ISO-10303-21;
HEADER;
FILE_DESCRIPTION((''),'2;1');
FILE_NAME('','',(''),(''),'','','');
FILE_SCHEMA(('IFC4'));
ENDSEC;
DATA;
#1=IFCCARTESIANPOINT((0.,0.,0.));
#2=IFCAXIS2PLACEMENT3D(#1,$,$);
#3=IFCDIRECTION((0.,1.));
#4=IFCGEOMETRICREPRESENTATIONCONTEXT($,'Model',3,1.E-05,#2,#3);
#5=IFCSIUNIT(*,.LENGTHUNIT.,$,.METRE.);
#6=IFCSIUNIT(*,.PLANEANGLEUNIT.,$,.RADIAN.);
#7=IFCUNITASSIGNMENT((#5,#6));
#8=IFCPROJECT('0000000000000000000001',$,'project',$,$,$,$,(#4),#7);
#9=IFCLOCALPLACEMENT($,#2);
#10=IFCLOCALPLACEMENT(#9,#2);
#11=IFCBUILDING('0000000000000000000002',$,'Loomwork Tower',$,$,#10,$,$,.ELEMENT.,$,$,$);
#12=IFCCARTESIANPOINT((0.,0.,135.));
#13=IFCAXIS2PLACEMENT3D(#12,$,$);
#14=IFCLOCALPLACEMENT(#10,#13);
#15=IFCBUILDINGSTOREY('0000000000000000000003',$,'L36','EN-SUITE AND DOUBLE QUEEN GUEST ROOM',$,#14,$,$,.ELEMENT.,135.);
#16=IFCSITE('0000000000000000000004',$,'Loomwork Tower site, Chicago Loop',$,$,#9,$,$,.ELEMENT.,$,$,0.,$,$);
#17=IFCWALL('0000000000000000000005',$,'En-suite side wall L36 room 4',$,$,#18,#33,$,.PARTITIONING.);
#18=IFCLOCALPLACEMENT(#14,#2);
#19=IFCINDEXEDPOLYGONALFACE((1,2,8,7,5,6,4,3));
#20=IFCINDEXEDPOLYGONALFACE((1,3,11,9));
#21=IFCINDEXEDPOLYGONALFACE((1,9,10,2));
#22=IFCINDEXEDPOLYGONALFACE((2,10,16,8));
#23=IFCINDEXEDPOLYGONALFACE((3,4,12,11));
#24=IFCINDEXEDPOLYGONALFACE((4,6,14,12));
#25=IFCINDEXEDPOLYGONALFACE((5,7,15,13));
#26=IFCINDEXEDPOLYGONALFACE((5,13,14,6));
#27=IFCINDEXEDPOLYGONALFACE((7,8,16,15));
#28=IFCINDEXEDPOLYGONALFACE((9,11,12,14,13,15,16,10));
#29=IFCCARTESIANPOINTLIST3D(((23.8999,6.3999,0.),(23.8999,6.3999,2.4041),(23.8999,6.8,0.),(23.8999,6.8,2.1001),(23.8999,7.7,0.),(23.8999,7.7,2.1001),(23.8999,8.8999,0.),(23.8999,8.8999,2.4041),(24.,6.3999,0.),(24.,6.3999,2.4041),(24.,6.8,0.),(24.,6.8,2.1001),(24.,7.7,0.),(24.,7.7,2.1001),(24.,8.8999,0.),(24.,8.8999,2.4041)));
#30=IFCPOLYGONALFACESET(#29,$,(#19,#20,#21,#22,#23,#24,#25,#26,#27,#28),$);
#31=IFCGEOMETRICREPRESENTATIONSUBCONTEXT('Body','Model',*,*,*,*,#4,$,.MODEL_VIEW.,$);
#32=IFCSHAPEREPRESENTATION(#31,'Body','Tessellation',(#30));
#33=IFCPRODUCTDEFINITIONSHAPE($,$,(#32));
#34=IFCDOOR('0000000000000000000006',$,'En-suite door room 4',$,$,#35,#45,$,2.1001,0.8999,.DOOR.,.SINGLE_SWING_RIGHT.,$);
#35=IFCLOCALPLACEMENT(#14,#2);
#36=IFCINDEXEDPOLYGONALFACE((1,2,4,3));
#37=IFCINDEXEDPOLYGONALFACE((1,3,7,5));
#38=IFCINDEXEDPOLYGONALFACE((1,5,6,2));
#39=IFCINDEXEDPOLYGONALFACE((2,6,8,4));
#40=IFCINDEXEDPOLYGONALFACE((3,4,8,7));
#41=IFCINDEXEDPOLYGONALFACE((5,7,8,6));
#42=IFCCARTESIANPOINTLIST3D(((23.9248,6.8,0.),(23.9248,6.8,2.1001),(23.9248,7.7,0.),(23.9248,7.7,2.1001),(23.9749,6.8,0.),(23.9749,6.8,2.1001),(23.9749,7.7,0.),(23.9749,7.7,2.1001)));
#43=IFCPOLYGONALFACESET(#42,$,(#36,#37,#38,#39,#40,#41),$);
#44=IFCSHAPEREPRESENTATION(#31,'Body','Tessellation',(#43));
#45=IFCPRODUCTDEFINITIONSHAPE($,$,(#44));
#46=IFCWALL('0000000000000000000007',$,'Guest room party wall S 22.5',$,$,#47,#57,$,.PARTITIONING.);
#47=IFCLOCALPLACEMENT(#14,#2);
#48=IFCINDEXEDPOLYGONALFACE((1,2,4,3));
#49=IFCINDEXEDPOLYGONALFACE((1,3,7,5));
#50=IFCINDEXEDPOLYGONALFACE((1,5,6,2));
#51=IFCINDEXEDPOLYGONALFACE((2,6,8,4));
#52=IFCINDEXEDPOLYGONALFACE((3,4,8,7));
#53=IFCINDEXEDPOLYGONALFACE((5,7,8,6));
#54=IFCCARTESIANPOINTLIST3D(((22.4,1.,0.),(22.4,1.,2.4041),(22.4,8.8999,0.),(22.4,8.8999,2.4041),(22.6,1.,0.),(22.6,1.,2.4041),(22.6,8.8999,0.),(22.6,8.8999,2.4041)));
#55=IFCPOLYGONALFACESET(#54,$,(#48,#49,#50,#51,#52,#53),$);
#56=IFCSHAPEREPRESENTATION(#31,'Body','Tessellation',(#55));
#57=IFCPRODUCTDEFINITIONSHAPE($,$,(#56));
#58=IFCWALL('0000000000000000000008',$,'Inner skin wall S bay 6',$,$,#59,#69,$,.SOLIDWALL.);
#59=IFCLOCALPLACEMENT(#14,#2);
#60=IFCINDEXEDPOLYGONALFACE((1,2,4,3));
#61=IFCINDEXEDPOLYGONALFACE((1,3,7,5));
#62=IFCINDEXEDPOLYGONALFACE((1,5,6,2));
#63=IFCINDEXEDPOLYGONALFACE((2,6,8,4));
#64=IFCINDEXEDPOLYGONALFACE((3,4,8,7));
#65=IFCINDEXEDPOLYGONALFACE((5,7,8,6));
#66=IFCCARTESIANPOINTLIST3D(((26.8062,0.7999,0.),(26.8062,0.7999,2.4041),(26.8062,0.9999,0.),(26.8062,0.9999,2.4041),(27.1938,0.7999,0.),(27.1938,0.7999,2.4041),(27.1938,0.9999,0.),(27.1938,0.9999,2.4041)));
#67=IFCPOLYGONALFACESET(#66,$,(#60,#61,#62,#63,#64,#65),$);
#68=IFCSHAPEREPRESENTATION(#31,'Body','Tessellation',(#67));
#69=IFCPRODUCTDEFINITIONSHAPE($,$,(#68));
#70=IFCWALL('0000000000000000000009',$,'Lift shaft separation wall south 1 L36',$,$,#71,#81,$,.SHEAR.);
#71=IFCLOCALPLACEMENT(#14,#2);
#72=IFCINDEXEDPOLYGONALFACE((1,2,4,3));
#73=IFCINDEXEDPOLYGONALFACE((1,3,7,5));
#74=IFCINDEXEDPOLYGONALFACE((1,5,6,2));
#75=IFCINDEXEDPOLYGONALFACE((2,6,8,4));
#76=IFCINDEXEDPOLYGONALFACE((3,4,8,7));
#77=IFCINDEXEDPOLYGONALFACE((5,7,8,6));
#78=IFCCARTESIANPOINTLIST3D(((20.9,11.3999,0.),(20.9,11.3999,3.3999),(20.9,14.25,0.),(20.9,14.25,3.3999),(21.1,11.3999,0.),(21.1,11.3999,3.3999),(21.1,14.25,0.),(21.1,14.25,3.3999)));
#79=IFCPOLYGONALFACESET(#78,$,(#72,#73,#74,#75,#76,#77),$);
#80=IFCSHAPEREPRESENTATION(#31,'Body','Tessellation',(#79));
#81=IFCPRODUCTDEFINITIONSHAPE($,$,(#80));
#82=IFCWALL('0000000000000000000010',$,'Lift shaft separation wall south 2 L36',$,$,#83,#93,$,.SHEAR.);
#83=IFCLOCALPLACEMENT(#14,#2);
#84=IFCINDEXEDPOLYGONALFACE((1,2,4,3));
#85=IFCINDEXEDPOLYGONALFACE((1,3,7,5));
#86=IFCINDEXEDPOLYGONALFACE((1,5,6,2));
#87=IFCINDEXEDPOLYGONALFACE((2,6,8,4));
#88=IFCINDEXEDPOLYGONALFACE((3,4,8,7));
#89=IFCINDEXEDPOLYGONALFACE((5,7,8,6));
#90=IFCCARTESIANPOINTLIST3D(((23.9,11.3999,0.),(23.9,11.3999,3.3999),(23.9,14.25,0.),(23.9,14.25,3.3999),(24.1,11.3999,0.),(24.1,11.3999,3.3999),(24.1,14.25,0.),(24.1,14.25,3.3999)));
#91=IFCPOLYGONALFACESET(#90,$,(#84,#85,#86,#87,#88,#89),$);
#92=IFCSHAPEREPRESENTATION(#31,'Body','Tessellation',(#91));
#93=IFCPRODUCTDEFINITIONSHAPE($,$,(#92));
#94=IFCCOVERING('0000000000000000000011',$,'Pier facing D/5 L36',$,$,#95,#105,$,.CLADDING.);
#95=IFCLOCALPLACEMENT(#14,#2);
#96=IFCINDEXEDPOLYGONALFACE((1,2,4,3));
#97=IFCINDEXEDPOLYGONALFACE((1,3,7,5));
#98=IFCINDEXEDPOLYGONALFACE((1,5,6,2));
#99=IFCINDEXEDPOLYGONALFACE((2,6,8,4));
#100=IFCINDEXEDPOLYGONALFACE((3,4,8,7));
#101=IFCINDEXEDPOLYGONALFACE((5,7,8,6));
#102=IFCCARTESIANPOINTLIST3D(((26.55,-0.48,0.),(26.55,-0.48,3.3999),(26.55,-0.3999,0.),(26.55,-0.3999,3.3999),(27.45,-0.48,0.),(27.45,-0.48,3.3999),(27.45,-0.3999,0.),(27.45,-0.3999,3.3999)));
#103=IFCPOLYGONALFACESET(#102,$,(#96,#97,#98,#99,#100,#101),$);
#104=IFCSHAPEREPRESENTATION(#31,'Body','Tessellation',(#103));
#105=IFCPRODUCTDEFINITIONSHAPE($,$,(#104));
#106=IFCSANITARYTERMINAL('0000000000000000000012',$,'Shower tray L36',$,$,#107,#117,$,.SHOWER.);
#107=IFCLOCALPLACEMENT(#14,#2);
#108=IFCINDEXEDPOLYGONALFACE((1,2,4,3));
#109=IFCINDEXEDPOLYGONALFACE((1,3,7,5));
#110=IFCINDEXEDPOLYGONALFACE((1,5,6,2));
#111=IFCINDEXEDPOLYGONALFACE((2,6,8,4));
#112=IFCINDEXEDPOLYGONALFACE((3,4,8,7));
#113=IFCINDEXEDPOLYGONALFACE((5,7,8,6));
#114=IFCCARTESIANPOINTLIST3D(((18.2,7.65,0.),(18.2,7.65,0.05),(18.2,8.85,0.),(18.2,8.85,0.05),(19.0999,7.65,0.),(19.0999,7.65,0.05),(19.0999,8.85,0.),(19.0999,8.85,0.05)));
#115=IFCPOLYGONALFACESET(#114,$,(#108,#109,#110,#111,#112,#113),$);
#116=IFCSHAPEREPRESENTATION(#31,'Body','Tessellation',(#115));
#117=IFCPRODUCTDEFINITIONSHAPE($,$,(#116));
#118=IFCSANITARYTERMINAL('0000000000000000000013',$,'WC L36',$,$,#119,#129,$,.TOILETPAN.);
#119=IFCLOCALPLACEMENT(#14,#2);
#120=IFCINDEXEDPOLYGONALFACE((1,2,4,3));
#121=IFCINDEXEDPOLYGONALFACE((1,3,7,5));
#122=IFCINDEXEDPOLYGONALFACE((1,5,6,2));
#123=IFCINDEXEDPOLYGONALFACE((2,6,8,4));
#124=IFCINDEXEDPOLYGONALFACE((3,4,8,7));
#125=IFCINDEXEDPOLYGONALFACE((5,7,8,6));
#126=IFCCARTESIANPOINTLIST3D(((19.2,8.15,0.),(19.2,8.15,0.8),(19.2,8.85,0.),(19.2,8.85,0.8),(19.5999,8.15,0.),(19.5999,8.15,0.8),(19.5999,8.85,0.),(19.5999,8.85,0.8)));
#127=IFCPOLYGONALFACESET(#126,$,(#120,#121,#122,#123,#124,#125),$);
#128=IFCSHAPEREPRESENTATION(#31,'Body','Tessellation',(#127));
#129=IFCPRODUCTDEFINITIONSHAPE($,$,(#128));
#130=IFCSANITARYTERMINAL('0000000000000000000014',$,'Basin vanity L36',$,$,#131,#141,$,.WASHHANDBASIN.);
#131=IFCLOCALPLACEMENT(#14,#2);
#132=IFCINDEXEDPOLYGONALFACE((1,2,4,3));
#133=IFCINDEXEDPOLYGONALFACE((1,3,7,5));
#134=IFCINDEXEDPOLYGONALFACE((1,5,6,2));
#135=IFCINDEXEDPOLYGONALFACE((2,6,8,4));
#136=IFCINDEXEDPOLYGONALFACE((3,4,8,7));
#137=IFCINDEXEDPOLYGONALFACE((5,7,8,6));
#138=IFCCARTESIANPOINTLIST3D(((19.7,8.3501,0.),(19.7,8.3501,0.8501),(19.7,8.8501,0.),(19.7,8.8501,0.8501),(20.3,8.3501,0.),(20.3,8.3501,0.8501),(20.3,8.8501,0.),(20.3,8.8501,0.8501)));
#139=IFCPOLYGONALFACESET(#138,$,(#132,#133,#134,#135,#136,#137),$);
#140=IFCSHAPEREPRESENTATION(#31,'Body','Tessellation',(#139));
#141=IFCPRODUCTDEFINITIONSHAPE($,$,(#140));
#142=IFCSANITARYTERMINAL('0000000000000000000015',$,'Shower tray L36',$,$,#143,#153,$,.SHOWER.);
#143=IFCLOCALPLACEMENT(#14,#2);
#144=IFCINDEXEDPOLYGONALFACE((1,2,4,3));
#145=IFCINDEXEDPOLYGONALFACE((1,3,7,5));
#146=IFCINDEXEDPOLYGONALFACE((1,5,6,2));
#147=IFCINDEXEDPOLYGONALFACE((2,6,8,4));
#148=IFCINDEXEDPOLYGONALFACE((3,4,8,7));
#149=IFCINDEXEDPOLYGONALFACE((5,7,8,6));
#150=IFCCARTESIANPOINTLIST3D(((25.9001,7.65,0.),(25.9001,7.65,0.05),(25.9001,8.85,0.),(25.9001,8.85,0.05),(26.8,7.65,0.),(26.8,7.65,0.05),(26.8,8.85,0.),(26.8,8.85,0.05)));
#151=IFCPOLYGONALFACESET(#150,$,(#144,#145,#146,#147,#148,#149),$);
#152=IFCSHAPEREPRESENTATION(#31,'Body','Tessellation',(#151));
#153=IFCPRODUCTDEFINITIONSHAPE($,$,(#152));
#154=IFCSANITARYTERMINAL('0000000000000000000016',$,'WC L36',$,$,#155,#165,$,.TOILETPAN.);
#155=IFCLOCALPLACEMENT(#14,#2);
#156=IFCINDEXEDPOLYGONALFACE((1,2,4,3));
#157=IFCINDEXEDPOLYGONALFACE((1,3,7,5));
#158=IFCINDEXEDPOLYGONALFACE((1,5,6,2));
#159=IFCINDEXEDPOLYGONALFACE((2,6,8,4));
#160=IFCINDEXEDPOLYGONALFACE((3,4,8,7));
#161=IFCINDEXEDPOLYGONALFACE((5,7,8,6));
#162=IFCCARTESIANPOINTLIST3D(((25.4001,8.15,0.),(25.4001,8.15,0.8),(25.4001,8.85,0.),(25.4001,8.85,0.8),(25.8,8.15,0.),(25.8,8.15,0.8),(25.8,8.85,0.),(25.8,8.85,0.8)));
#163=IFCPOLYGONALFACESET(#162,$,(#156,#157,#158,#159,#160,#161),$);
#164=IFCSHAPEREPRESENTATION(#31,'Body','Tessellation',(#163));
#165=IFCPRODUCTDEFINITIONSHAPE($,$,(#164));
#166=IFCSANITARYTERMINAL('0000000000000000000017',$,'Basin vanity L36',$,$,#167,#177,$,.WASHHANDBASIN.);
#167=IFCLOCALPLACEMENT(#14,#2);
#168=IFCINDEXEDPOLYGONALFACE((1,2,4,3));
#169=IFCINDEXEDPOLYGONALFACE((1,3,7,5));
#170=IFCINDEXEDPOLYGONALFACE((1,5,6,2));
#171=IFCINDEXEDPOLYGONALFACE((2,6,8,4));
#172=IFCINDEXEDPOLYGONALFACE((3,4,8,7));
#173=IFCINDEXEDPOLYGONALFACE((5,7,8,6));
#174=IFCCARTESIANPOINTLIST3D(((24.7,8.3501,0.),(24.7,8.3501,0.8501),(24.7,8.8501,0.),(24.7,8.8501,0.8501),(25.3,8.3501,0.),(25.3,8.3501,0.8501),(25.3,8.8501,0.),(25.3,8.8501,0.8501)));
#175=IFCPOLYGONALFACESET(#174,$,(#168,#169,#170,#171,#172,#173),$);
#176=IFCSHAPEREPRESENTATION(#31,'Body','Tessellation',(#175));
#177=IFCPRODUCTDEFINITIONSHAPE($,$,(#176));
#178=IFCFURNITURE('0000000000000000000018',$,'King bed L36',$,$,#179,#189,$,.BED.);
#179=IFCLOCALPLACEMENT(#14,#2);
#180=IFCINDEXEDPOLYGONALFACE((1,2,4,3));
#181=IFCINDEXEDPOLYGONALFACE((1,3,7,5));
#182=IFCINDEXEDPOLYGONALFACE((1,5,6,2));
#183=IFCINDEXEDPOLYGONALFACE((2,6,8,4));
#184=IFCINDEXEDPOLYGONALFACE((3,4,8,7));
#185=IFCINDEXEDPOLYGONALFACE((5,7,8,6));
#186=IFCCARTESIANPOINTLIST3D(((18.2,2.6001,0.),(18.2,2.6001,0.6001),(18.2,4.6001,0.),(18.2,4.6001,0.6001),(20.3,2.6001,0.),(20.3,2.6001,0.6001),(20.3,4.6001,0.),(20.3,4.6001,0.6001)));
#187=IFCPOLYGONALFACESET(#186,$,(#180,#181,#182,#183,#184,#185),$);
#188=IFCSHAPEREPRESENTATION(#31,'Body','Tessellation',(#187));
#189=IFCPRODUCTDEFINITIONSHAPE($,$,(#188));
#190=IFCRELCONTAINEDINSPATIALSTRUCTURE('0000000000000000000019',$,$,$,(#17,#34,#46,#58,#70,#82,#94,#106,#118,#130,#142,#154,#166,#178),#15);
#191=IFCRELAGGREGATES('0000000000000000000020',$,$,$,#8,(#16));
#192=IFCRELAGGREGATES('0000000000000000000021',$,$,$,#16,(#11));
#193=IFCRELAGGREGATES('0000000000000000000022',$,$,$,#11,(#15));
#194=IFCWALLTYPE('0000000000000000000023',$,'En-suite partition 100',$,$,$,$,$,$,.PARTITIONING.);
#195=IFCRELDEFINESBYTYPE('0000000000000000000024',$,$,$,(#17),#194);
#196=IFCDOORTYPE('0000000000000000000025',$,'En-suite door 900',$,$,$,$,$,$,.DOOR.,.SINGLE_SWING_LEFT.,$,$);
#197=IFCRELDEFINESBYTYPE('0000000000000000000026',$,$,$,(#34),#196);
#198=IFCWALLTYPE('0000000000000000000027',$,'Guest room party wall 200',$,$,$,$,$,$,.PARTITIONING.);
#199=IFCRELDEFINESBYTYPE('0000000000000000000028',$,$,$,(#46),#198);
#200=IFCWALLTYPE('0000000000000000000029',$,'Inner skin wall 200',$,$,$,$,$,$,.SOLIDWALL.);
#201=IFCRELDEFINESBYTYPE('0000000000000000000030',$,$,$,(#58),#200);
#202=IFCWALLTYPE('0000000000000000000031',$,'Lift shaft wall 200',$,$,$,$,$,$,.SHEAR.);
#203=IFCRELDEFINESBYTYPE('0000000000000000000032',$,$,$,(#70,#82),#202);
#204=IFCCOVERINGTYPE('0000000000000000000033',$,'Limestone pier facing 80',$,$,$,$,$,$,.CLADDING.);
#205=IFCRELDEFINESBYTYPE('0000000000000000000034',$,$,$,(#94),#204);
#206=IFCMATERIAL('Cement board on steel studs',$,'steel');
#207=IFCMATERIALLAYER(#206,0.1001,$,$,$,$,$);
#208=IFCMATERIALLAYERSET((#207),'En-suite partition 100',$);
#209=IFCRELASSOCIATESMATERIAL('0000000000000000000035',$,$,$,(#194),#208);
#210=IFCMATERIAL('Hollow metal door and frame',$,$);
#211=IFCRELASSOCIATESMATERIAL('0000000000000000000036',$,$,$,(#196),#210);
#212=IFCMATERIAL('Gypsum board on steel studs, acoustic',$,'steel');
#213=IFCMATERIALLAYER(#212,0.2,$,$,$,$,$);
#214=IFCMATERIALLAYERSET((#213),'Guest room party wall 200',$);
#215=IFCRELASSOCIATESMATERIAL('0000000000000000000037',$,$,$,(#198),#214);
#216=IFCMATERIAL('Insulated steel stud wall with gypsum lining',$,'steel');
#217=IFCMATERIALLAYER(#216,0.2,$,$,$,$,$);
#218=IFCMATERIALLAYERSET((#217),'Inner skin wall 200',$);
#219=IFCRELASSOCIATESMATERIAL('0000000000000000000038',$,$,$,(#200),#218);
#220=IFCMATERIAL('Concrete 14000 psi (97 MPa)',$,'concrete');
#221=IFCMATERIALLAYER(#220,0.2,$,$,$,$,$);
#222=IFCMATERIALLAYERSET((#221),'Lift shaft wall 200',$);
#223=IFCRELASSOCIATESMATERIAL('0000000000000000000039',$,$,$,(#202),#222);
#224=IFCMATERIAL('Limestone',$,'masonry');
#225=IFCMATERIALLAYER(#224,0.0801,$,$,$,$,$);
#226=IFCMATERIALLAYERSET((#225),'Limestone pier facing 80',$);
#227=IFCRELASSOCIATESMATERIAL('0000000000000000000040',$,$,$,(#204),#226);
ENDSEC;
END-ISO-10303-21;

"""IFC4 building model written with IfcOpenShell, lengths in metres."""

from ifc_helpers import new_model, si_unit, direction, frame, frame_2d, origin, origin_2d, place, context, subcontext, project, spatial, rectangle, extrude, material, layer, layer_set, type_object, element, fill, save


model = new_model("IFC4")

# Units and contexts
model_context = context("Model", 3, precision=1e-05, world=origin(), true_north=direction((0.0, 1.0)))
body_context = subcontext(model_context, "Body", "Model", "MODEL_VIEW")
ifc_project = project(units=[si_unit("LENGTHUNIT", "METRE"), si_unit("PLANEANGLEUNIT", "RADIAN")], contexts=[model_context])

# Site, building, storey
site_placement = place(None, origin())
site = spatial("IfcSite", under=ifc_project, at=site_placement, Name="Loomwork Tower site, Chicago Loop", CompositionType="ELEMENT", RefElevation=0.0)
building_placement = place(site_placement, origin())
building = spatial("IfcBuilding", under=site, at=building_placement, Name="Loomwork Tower", CompositionType="ELEMENT")
storey_placement = place(building_placement, frame((0.0, 0.0, 135.0)))
storey = spatial("IfcBuildingStorey", under=building, at=storey_placement, Name="L36", Description="EN-SUITE AND DOUBLE QUEEN GUEST ROOM", CompositionType="ELEMENT", Elevation=135.0)

# Shared definitions
ifc_material_1 = material(Name="Cement board on steel studs", Category="steel")
ifc_layer_1 = layer(ifc_material_1, 0.1001)
ifc_layer_set_1 = layer_set([ifc_layer_1], Name="En-suite partition 100")
wall_type_1 = type_object("IfcWallType", Name="En-suite partition 100", PredefinedType="PARTITIONING", material=ifc_layer_set_1)
ifc_material_2 = material(Name="Hollow metal door and frame")
door_type = type_object("IfcDoorType", Name="En-suite door 900", OperationType="SINGLE_SWING_LEFT", PredefinedType="DOOR", material=ifc_material_2)

# Wall, opening, door
wall_1_placement = place(storey_placement, frame((23.95, 8.8999, 0.0), z_axis=(0.0, 0.0, 1.0), x_axis=(0.0, -1.0, 0.0)))
wall_1 = element("IfcWall", 1, at=wall_1_placement, inside=storey, type_object=wall_type_1, Name="En-suite side wall L36 room 4", PredefinedType="PARTITIONING", context=body_context, shape_type="SweptSolid", body=[
    extrude(rectangle(XDim=2.5, YDim=0.1001, at=frame_2d((1.25, 0.0))), origin(), (0.0, 0.0, 1.0), 2.4041),
])
opening_1_placement = place(wall_1_placement, frame((1.2, 0.0, 0.0)))
opening_1 = element("IfcOpeningElement", 2, at=opening_1_placement, cuts=wall_1, PredefinedType="OPENING", context=body_context, shape_type="SweptSolid", body=[
    extrude(rectangle(XDim=0.8999, YDim=2.1001, at=frame_2d((0.45, 1.05))), frame((0.0, 0.0601, 0.0), z_axis=(0.0, -1.0, 0.0), x_axis=(1.0, 0.0, 0.0)), (0.0, 0.0, 1.0), 0.1201),
])
door_1_placement = place(opening_1_placement, origin())
door_1 = element("IfcDoor", 3, at=door_1_placement, inside=storey, type_object=door_type, Name="En-suite door room 4", OperationType="SINGLE_SWING_RIGHT", OverallHeight=2.1001, OverallWidth=0.8999, PredefinedType="DOOR", context=body_context, shape_type="SweptSolid", body=[
    extrude(rectangle(XDim=0.8999, YDim=2.1001, at=frame_2d((0.45, 1.05))), frame((0.0, 0.0249, 0.0), z_axis=(0.0, -1.0, 0.0), x_axis=(1.0, 0.0, 0.0)), (0.0, 0.0, 1.0), 0.05),
])
fill(opening_1, door_1)

# Walls
ifc_material_3 = material(Name="Gypsum board on steel studs, acoustic", Category="steel")
ifc_layer_2 = layer(ifc_material_3, 0.2)
ifc_layer_set_2 = layer_set([ifc_layer_2], Name="Guest room party wall 200")
wall_type_2 = type_object("IfcWallType", Name="Guest room party wall 200", PredefinedType="PARTITIONING", material=ifc_layer_set_2)
wall_2_placement = place(storey_placement, frame((22.5, 8.8999, 0.0), z_axis=(0.0, 0.0, 1.0), x_axis=(0.0, -1.0, 0.0)))
element("IfcWall", 4, at=wall_2_placement, inside=storey, type_object=wall_type_2, Name="Guest room party wall S 22.5", PredefinedType="PARTITIONING", context=body_context, shape_type="SweptSolid", body=[
    extrude(rectangle(XDim=7.8999, YDim=0.2, at=frame_2d((3.95, 0.0))), origin(), (0.0, 0.0, 1.0), 2.4041),
])
ifc_material_4 = material(Name="Insulated steel stud wall with gypsum lining", Category="steel")
ifc_layer_3 = layer(ifc_material_4, 0.2)
ifc_layer_set_3 = layer_set([ifc_layer_3], Name="Inner skin wall 200")
wall_type_3 = type_object("IfcWallType", Name="Inner skin wall 200", PredefinedType="SOLIDWALL", material=ifc_layer_set_3)
wall_3_placement = place(storey_placement, frame((26.8062, 0.8999, 0.0), z_axis=(0.0, 0.0, 1.0), x_axis=(1.0, 0.0, 0.0)))
element("IfcWall", 5, at=wall_3_placement, inside=storey, type_object=wall_type_3, Name="Inner skin wall S bay 6", PredefinedType="SOLIDWALL", context=body_context, shape_type="SweptSolid", body=[
    extrude(rectangle(XDim=0.3877, YDim=0.2, at=frame_2d((0.1938, 0.0))), origin(), (0.0, 0.0, 1.0), 2.4041),
])
ifc_material_5 = material(Name="Concrete 14000 psi (97 MPa)", Category="concrete")
ifc_layer_4 = layer(ifc_material_5, 0.2)
ifc_layer_set_4 = layer_set([ifc_layer_4], Name="Lift shaft wall 200")
wall_type_4 = type_object("IfcWallType", Name="Lift shaft wall 200", PredefinedType="SHEAR", material=ifc_layer_set_4)
for number, where, z_axis, x_axis, name in (
    (6, (21.0, 11.3999, 0.0), (0.0, 0.0, 1.0), (0.0, 1.0, 0.0), "Lift shaft separation wall south 1 L36"),
    (7, (24.0, 11.3999, 0.0), (0.0, 0.0, 1.0), (0.0, 1.0, 0.0), "Lift shaft separation wall south 2 L36"),
):
    element("IfcWall", number, at=place(storey_placement, frame(where, z_axis=z_axis, x_axis=x_axis)), inside=storey, type_object=wall_type_4, Name=name, PredefinedType="SHEAR", context=body_context, shape_type="SweptSolid", body=[
        extrude(rectangle(XDim=2.8501, YDim=0.2, at=frame_2d((1.425, 0.0))), origin(), (0.0, 0.0, 1.0), 3.3999),
    ])

# Covering
ifc_material_6 = material(Name="Limestone", Category="masonry")
ifc_layer_5 = layer(ifc_material_6, 0.0801)
ifc_layer_set_5 = layer_set([ifc_layer_5], Name="Limestone pier facing 80")
covering_type = type_object("IfcCoveringType", Name="Limestone pier facing 80", PredefinedType="CLADDING", material=ifc_layer_set_5)
covering_placement = place(storey_placement, frame((27.0, -0.4399, 0.0), z_axis=(0.0, 0.0, 1.0), x_axis=(1.0, 0.0, 0.0)))
element("IfcCovering", 8, at=covering_placement, inside=storey, type_object=covering_type, Name="Pier facing D/5 L36", PredefinedType="CLADDING", context=body_context, shape_type="SweptSolid", body=[
    extrude(rectangle(XDim=0.8999, YDim=0.0801, at=origin_2d()), origin(), (0.0, 0.0, 1.0), 3.3999),
])

# Sanitary terminals
sanitary_terminal_1_placement = place(storey_placement, frame((18.6499, 8.25, 0.0), z_axis=(0.0, 0.0, 1.0), x_axis=(1.0, 0.0, 0.0)))
element("IfcSanitaryTerminal", 9, at=sanitary_terminal_1_placement, inside=storey, Name="Shower tray L36", PredefinedType="SHOWER", context=body_context, shape_type="SweptSolid", body=[
    extrude(rectangle(XDim=0.8999, YDim=1.2, at=origin_2d()), origin(), (0.0, 0.0, 1.0), 0.05),
])
sanitary_terminal_2_placement = place(storey_placement, frame((19.3999, 8.5, 0.0), z_axis=(0.0, 0.0, 1.0), x_axis=(1.0, 0.0, 0.0)))
element("IfcSanitaryTerminal", 10, at=sanitary_terminal_2_placement, inside=storey, Name="WC L36", PredefinedType="TOILETPAN", context=body_context, shape_type="SweptSolid", body=[
    extrude(rectangle(XDim=0.3999, YDim=0.7, at=origin_2d()), origin(), (0.0, 0.0, 1.0), 0.8),
])
sanitary_terminal_3_placement = place(storey_placement, frame((20.0, 8.6001, 0.0), z_axis=(0.0, 0.0, 1.0), x_axis=(1.0, 0.0, 0.0)))
element("IfcSanitaryTerminal", 11, at=sanitary_terminal_3_placement, inside=storey, Name="Basin vanity L36", PredefinedType="WASHHANDBASIN", context=body_context, shape_type="SweptSolid", body=[
    extrude(rectangle(XDim=0.6001, YDim=0.5, at=origin_2d()), origin(), (0.0, 0.0, 1.0), 0.8501),
])
sanitary_terminal_4_placement = place(storey_placement, frame((26.3501, 8.25, 0.0), z_axis=(0.0, 0.0, 1.0), x_axis=(1.0, 0.0, 0.0)))
element("IfcSanitaryTerminal", 12, at=sanitary_terminal_4_placement, inside=storey, Name="Shower tray L36", PredefinedType="SHOWER", context=body_context, shape_type="SweptSolid", body=[
    extrude(rectangle(XDim=0.8999, YDim=1.2, at=origin_2d()), origin(), (0.0, 0.0, 1.0), 0.05),
])
sanitary_terminal_5_placement = place(storey_placement, frame((25.6001, 8.5, 0.0), z_axis=(0.0, 0.0, 1.0), x_axis=(1.0, 0.0, 0.0)))
element("IfcSanitaryTerminal", 13, at=sanitary_terminal_5_placement, inside=storey, Name="WC L36", PredefinedType="TOILETPAN", context=body_context, shape_type="SweptSolid", body=[
    extrude(rectangle(XDim=0.3999, YDim=0.7, at=origin_2d()), origin(), (0.0, 0.0, 1.0), 0.8),
])
sanitary_terminal_6_placement = place(storey_placement, frame((25.0, 8.6001, 0.0), z_axis=(0.0, 0.0, 1.0), x_axis=(1.0, 0.0, 0.0)))
element("IfcSanitaryTerminal", 14, at=sanitary_terminal_6_placement, inside=storey, Name="Basin vanity L36", PredefinedType="WASHHANDBASIN", context=body_context, shape_type="SweptSolid", body=[
    extrude(rectangle(XDim=0.6001, YDim=0.5, at=origin_2d()), origin(), (0.0, 0.0, 1.0), 0.8501),
])

# Furniture
furniture_1_placement = place(storey_placement, frame((19.25, 3.6001, 0.0), z_axis=(0.0, 0.0, 1.0), x_axis=(1.0, 0.0, 0.0)))
element("IfcFurniture", 15, at=furniture_1_placement, inside=storey, Name="King bed L36", PredefinedType="BED", context=body_context, shape_type="SweptSolid", body=[
    extrude(rectangle(XDim=2.1001, YDim=2.0, at=origin_2d()), origin(), (0.0, 0.0, 1.0), 0.6001),
])

save(model, "model.ifc")
